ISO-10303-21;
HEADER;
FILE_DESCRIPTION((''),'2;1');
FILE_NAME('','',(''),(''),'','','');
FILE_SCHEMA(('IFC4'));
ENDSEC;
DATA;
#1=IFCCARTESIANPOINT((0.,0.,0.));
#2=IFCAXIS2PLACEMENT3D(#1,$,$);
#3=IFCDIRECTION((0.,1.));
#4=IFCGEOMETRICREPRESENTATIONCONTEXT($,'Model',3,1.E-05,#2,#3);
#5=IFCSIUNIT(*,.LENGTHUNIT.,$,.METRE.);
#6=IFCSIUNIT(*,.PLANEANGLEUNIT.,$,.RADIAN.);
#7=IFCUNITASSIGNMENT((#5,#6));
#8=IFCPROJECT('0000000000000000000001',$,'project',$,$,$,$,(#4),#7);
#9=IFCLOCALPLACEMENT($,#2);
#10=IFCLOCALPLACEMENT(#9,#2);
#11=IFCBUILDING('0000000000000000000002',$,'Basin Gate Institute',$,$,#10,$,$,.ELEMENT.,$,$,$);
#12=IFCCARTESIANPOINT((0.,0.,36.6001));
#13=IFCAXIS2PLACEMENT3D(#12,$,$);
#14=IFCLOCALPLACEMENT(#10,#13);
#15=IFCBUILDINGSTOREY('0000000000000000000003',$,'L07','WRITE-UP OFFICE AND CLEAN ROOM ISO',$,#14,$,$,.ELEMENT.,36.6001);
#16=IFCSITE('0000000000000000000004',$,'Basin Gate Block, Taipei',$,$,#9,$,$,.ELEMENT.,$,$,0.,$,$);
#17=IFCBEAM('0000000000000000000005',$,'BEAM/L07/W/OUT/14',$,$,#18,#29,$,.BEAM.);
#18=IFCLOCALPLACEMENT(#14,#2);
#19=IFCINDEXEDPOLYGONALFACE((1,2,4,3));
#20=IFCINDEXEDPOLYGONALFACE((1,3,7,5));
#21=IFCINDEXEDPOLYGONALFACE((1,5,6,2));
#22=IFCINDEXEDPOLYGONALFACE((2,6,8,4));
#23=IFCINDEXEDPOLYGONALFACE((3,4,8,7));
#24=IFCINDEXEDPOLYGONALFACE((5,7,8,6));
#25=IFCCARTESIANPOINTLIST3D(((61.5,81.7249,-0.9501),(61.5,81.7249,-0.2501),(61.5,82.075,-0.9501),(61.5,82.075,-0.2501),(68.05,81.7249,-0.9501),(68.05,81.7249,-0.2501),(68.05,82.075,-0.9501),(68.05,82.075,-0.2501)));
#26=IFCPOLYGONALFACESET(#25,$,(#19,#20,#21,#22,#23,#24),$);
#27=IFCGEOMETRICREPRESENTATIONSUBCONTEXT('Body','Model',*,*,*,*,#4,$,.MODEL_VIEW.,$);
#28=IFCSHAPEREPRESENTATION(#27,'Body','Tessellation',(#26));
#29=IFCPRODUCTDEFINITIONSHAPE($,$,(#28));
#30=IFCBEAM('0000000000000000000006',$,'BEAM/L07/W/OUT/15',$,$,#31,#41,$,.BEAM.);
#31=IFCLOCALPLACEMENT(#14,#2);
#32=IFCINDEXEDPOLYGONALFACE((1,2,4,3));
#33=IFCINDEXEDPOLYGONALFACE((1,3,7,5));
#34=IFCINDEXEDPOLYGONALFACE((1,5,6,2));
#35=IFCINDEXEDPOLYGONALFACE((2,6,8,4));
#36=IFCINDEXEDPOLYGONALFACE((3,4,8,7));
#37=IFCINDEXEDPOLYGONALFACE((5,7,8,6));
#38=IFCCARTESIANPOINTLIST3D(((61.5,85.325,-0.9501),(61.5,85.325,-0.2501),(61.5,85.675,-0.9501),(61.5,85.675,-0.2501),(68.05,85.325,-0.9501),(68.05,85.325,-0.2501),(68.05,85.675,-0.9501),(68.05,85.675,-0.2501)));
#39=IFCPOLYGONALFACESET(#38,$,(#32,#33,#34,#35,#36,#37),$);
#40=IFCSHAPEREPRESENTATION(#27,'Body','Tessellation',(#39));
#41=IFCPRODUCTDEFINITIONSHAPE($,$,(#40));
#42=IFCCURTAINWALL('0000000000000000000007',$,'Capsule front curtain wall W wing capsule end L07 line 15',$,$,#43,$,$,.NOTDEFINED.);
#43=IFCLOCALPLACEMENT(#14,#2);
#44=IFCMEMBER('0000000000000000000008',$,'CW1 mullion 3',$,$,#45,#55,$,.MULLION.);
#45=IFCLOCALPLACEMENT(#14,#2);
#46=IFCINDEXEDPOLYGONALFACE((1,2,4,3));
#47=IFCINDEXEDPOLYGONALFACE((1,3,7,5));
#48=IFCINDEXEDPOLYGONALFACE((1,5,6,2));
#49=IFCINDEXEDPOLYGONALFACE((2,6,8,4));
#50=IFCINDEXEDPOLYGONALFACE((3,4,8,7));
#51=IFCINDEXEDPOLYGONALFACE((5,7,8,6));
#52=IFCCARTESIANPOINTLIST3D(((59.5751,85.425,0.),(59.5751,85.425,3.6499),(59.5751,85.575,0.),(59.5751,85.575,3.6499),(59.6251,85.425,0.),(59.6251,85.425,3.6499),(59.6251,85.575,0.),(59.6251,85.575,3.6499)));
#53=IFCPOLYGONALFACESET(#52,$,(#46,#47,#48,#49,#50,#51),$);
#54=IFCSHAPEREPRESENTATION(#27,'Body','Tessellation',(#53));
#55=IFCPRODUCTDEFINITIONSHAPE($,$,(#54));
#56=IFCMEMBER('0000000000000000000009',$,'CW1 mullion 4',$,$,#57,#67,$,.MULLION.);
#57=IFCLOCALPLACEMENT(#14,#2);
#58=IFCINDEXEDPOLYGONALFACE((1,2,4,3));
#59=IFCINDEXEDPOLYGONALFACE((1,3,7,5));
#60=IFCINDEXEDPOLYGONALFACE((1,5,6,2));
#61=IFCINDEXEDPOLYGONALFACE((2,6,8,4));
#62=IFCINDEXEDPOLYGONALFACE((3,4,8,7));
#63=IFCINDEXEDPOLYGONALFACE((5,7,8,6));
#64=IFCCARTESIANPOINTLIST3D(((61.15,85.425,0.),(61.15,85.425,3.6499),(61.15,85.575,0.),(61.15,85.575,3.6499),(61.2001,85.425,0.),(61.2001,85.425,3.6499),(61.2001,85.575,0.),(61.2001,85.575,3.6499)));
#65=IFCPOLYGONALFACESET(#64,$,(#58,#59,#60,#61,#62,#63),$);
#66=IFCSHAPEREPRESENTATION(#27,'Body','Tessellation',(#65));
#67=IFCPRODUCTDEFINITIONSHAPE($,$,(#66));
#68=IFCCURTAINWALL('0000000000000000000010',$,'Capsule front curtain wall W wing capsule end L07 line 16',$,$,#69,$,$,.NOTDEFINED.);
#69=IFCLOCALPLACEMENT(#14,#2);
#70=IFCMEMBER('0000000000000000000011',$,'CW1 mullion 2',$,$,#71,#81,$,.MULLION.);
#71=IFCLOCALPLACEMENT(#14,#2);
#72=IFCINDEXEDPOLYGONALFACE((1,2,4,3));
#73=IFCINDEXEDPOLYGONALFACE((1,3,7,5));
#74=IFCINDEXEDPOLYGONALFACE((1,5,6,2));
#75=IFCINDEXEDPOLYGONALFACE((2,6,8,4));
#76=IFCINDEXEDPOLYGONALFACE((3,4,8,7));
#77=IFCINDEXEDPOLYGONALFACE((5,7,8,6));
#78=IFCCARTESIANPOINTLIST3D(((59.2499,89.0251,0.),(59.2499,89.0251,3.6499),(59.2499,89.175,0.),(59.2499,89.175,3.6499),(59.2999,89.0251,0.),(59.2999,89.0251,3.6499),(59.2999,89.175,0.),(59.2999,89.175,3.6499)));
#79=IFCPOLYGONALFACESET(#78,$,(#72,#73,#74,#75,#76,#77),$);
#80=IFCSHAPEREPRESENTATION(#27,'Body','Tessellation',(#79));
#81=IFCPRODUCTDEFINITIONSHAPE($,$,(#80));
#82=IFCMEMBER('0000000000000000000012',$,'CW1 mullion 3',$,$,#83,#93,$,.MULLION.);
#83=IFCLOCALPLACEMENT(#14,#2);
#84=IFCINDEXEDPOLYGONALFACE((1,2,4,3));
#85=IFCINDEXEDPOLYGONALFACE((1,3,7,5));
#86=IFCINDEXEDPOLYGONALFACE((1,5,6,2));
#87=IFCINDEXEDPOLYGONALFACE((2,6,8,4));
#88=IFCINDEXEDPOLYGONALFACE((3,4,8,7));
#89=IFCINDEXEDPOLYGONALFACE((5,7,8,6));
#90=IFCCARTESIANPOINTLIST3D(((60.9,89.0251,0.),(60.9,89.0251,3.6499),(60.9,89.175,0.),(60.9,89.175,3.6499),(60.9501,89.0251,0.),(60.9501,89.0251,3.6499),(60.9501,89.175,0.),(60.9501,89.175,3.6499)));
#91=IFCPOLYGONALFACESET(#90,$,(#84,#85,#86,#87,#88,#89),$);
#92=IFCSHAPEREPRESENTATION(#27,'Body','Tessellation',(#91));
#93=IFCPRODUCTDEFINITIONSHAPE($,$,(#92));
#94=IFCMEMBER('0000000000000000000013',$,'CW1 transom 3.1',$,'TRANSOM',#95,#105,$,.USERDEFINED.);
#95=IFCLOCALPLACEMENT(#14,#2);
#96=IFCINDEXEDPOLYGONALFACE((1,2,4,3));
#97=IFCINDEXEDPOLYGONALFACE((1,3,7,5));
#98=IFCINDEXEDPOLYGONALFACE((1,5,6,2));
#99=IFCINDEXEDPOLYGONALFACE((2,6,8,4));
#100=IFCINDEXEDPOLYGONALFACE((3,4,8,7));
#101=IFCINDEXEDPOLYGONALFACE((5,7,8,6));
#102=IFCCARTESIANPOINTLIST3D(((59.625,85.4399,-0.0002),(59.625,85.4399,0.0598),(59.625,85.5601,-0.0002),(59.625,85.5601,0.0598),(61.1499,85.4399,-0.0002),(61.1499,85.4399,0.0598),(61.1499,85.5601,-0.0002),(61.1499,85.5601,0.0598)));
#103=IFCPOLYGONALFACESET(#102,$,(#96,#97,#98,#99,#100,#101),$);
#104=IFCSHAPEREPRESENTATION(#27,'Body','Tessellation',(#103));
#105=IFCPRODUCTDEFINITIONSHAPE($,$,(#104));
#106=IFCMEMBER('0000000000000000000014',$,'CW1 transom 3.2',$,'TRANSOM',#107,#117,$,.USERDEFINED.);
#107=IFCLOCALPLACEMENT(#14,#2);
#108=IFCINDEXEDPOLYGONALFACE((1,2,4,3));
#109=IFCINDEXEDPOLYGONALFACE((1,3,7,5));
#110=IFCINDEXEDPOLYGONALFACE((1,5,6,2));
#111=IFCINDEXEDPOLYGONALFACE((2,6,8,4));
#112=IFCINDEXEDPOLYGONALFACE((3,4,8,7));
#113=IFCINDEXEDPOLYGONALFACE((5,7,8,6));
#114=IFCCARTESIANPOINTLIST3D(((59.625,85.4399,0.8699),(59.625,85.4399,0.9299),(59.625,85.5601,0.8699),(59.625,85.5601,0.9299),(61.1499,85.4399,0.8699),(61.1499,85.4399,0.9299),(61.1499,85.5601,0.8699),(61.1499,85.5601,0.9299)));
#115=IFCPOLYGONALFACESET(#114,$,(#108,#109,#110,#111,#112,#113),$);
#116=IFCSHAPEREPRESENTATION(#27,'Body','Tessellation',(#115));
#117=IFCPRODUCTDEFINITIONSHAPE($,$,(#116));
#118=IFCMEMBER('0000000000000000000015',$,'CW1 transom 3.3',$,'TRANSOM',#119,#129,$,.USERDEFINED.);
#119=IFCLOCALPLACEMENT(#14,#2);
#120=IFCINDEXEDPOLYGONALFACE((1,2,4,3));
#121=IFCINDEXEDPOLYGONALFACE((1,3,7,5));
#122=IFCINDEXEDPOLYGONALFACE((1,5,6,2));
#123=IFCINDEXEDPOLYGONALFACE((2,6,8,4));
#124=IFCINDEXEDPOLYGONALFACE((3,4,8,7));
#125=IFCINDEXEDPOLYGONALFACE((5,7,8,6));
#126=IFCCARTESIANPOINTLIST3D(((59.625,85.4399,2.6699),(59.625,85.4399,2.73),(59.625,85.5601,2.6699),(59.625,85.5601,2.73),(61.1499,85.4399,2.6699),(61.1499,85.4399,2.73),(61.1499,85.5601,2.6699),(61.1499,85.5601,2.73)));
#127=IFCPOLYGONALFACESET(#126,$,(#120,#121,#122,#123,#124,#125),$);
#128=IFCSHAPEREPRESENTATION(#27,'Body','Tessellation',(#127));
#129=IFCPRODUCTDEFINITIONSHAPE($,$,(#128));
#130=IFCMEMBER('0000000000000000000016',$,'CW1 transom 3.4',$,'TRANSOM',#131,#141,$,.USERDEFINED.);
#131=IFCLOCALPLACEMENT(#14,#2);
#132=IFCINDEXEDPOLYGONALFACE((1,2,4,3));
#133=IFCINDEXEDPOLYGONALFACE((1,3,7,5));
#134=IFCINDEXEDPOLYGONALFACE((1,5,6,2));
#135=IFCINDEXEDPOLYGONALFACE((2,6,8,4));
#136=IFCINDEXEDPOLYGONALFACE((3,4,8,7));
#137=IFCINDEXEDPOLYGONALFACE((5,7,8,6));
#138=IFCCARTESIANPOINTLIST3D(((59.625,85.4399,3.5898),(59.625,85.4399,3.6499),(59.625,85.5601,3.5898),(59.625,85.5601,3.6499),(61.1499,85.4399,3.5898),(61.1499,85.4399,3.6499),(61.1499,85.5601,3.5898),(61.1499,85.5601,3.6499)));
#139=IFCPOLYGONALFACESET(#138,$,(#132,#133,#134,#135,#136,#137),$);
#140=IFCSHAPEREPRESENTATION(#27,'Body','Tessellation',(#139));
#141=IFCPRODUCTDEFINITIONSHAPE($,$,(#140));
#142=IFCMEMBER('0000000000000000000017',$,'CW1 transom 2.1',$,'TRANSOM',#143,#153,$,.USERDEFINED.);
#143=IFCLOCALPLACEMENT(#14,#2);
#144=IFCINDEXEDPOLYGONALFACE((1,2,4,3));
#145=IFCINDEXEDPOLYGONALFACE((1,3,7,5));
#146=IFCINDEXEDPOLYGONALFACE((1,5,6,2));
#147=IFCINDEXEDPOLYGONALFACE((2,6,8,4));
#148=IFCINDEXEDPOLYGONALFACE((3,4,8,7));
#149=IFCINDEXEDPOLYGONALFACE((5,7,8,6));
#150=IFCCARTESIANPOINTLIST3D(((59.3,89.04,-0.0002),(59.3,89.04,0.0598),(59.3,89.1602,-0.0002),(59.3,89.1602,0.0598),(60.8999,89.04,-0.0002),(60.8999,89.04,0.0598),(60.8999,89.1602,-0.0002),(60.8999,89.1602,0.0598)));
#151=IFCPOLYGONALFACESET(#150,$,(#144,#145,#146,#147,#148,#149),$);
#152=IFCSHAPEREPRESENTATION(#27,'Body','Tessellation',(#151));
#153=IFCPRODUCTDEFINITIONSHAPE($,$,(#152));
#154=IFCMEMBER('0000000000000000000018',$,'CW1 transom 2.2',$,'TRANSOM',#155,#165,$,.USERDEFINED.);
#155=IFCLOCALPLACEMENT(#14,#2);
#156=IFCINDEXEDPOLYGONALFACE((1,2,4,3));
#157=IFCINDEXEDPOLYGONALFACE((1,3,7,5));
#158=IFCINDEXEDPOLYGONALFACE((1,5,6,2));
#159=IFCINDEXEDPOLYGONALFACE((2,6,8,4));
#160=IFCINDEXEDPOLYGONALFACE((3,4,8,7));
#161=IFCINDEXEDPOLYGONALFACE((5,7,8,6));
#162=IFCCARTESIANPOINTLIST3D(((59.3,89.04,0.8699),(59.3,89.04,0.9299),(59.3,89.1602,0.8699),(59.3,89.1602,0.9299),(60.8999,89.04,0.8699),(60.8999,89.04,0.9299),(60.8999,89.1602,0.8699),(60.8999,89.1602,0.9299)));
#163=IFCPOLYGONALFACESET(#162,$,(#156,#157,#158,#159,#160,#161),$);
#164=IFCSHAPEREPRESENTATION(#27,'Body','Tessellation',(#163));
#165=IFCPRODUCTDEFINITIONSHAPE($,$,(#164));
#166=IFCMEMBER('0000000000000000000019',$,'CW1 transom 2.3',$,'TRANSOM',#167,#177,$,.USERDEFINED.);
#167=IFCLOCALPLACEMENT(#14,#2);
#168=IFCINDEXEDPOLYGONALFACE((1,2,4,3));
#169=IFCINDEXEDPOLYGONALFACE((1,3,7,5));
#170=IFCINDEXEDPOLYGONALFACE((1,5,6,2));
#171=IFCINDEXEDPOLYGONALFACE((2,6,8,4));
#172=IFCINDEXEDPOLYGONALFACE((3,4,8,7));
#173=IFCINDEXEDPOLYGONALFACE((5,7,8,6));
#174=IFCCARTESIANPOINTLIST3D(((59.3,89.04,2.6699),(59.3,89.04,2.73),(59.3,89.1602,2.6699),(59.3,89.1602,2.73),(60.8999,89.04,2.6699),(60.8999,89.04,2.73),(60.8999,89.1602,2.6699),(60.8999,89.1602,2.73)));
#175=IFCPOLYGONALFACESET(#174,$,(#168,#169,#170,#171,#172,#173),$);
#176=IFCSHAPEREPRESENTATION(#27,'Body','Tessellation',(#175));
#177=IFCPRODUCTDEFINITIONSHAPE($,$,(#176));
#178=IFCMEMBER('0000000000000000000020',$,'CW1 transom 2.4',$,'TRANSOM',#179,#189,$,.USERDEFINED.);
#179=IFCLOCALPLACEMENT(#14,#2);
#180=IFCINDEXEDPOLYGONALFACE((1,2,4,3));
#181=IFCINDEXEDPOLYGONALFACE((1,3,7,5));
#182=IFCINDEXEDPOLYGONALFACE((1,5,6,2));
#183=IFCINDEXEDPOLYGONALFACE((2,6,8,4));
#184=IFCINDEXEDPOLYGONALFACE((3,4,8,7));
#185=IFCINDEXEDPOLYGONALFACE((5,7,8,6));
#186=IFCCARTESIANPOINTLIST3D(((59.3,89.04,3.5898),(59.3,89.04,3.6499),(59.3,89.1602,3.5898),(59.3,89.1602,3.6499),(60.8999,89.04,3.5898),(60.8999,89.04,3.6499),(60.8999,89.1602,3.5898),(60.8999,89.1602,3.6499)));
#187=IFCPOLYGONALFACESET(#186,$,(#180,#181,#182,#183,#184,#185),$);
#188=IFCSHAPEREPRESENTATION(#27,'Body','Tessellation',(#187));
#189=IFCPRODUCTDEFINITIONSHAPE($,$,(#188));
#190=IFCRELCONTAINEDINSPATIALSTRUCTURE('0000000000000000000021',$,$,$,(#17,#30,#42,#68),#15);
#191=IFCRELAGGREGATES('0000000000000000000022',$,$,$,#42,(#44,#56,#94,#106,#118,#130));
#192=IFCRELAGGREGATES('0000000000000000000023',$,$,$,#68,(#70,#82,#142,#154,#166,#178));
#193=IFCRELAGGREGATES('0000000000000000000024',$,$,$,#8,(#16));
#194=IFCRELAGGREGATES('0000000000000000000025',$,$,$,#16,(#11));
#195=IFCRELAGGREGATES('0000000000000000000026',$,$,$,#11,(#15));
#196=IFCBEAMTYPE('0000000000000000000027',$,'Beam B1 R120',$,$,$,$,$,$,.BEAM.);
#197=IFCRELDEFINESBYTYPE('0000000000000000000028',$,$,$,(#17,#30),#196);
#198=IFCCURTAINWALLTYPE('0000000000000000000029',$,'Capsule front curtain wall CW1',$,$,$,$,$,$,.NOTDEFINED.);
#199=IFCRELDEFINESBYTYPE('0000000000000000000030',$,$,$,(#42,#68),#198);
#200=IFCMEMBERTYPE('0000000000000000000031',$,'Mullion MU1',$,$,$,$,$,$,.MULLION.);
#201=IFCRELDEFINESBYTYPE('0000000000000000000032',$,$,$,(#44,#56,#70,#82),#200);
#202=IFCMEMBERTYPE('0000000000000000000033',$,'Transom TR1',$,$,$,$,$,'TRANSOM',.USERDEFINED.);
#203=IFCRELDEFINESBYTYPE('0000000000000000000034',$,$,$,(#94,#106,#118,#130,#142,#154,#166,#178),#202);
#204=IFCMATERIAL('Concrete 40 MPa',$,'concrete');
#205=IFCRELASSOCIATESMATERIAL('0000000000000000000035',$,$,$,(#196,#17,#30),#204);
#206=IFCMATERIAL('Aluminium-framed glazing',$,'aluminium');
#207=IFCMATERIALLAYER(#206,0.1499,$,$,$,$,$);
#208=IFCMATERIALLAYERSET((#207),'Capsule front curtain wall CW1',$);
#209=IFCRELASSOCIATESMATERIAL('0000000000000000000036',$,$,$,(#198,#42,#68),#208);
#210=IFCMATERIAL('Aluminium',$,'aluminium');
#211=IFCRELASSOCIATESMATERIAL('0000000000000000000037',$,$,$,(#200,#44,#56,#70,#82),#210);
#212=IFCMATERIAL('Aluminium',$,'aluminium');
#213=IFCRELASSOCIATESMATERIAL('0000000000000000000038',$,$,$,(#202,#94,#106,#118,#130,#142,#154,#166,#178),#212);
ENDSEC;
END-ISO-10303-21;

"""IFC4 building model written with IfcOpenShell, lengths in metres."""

from ifc_helpers import new_model, si_unit, direction, frame, origin, origin_2d, place, context, subcontext, project, spatial, rectangle, extrude, material, layer, layer_set, material_profile, profile_set, type_object, element, aggregate, save


model = new_model("IFC4")

# Units and contexts
model_context = context("Model", 3, precision=1e-05, world=origin(), true_north=direction((0.0, 1.0)))
body_context = subcontext(model_context, "Body", "Model", "MODEL_VIEW")
ifc_project = project(units=[si_unit("LENGTHUNIT", "METRE"), si_unit("PLANEANGLEUNIT", "RADIAN")], contexts=[model_context])

# Site, building, storey
site_placement = place(None, origin())
site = spatial("IfcSite", under=ifc_project, at=site_placement, Name="Basin Gate Block, Taipei", CompositionType="ELEMENT", RefElevation=0.0)
building_placement = place(site_placement, origin())
building = spatial("IfcBuilding", under=site, at=building_placement, Name="Basin Gate Institute", CompositionType="ELEMENT")
storey_placement = place(building_placement, frame((0.0, 0.0, 36.6001)))
storey = spatial("IfcBuildingStorey", under=building, at=storey_placement, Name="L07", Description="WRITE-UP OFFICE AND CLEAN ROOM ISO", CompositionType="ELEMENT", Elevation=36.6001)

# Beams
ifc_material_1 = material(Name="Concrete 40 MPa", Category="concrete")
ifc_material_profile_1 = material_profile(ifc_material_1, rectangle(XDim=0.3501, YDim=0.7, at=origin_2d()), Name="Beam B1 350 x 700")
ifc_profile_set_1 = profile_set([ifc_material_profile_1], Name="Concrete 40 MPa")
beam_type = type_object("IfcBeamType", Name="Beam B1 R120", PredefinedType="BEAM", material=ifc_profile_set_1)
for number, where, z_axis, x_axis, name in (
    (1, (61.5, 81.8999, -0.6001), (1.0, 0.0, 0.0), (0.0, 1.0, 0.0), "BEAM/L07/W/OUT/14"),
    (2, (61.5, 85.5, -0.6001), (1.0, 0.0, 0.0), (0.0, 1.0, 0.0), "BEAM/L07/W/OUT/15"),
):
    element("IfcBeam", number, at=place(storey_placement, frame(where, z_axis=z_axis, x_axis=x_axis)), inside=storey, type_object=beam_type, material=ifc_profile_set_1, Name=name, PredefinedType="BEAM", context=body_context, shape_type="SweptSolid", body=[
        extrude(rectangle(XDim=0.3501, YDim=0.7, at=origin_2d()), origin(), (0.0, 0.0, 1.0), 6.55),
    ])

# Curtain walls, members
ifc_material_2 = material(Name="Aluminium-framed glazing", Category="aluminium")
ifc_layer_1 = layer(ifc_material_2, 0.1499)
ifc_layer_set_1 = layer_set([ifc_layer_1], Name="Capsule front curtain wall CW1")
curtain_wall_type = type_object("IfcCurtainWallType", Name="Capsule front curtain wall CW1", PredefinedType="NOTDEFINED", material=ifc_layer_set_1)
curtain_wall_1_placement = place(storey_placement, origin())
curtain_wall_1 = element("IfcCurtainWall", 3, at=curtain_wall_1_placement, inside=storey, type_object=curtain_wall_type, material=ifc_layer_set_1, Name="Capsule front curtain wall W wing capsule end L07 line 15", PredefinedType="NOTDEFINED")
ifc_material_3 = material(Name="Aluminium", Category="aluminium")
ifc_material_profile_2 = material_profile(ifc_material_3, rectangle(XDim=0.1499, YDim=0.05, at=origin_2d()), Name="Mullion MU1 150 x 50")
ifc_profile_set_2 = profile_set([ifc_material_profile_2], Name="Aluminium")
member_type_1 = type_object("IfcMemberType", Name="Mullion MU1", PredefinedType="MULLION", material=ifc_profile_set_2)
member_1_placement = place(storey_placement, frame((59.6001, 85.5, 0.0), z_axis=(0.0, 0.0, 1.0), x_axis=(0.0, 1.0, 0.0)))
member_1 = element("IfcMember", 4, at=member_1_placement, type_object=member_type_1, material=ifc_profile_set_2, Name="CW1 mullion 3", PredefinedType="MULLION", context=body_context, shape_type="SweptSolid", body=[
    extrude(rectangle(XDim=0.1499, YDim=0.05, at=origin_2d()), origin(), (0.0, 0.0, 1.0), 3.6499),
])
member_2_placement = place(storey_placement, frame((61.175, 85.5, 0.0), z_axis=(0.0, 0.0, 1.0), x_axis=(0.0, 1.0, 0.0)))
member_2 = element("IfcMember", 5, at=member_2_placement, type_object=member_type_1, material=ifc_profile_set_2, Name="CW1 mullion 4", PredefinedType="MULLION", context=body_context, shape_type="SweptSolid", body=[
    extrude(rectangle(XDim=0.1499, YDim=0.05, at=origin_2d()), origin(), (0.0, 0.0, 1.0), 3.6499),
])
curtain_wall_2_placement = place(storey_placement, origin())
curtain_wall_2 = element("IfcCurtainWall", 6, at=curtain_wall_2_placement, inside=storey, type_object=curtain_wall_type, material=ifc_layer_set_1, Name="Capsule front curtain wall W wing capsule end L07 line 16", PredefinedType="NOTDEFINED")
member_3_placement = place(storey_placement, frame((59.2749, 89.1001, 0.0), z_axis=(0.0, 0.0, 1.0), x_axis=(0.0, 1.0, 0.0)))
member_3 = element("IfcMember", 7, at=member_3_placement, type_object=member_type_1, material=ifc_profile_set_2, Name="CW1 mullion 2", PredefinedType="MULLION", context=body_context, shape_type="SweptSolid", body=[
    extrude(rectangle(XDim=0.1499, YDim=0.05, at=origin_2d()), origin(), (0.0, 0.0, 1.0), 3.6499),
])
member_4_placement = place(storey_placement, frame((60.925, 89.1001, 0.0), z_axis=(0.0, 0.0, 1.0), x_axis=(0.0, 1.0, 0.0)))
member_4 = element("IfcMember", 8, at=member_4_placement, type_object=member_type_1, material=ifc_profile_set_2, Name="CW1 mullion 3", PredefinedType="MULLION", context=body_context, shape_type="SweptSolid", body=[
    extrude(rectangle(XDim=0.1499, YDim=0.05, at=origin_2d()), origin(), (0.0, 0.0, 1.0), 3.6499),
])

# Members
ifc_material_4 = material(Name="Aluminium", Category="aluminium")
ifc_material_profile_3 = material_profile(ifc_material_4, rectangle(XDim=0.1201, YDim=0.0601, at=origin_2d()), Name="Transom TR1 120 x 60")
ifc_profile_set_3 = profile_set([ifc_material_profile_3], Name="Aluminium")
member_type_2 = type_object("IfcMemberType", Name="Transom TR1", ElementType="TRANSOM", PredefinedType="USERDEFINED", material=ifc_profile_set_3)
member_5_placement = place(storey_placement, frame((59.625, 85.5, 0.0298), z_axis=(1.0, 0.0, 0.0), x_axis=(0.0, 1.0, 0.0)))
member_5 = element("IfcMember", 9, at=member_5_placement, type_object=member_type_2, material=ifc_profile_set_3, Name="CW1 transom 3.1", ObjectType="TRANSOM", PredefinedType="USERDEFINED", context=body_context, shape_type="SweptSolid", body=[
    extrude(rectangle(XDim=0.1201, YDim=0.0601, at=origin_2d()), origin(), (0.0, 0.0, 1.0), 1.5249),
])
member_6_placement = place(storey_placement, frame((59.625, 85.5, 0.8999), z_axis=(1.0, 0.0, 0.0), x_axis=(0.0, 1.0, 0.0)))
member_6 = element("IfcMember", 10, at=member_6_placement, type_object=member_type_2, material=ifc_profile_set_3, Name="CW1 transom 3.2", ObjectType="TRANSOM", PredefinedType="USERDEFINED", context=body_context, shape_type="SweptSolid", body=[
    extrude(rectangle(XDim=0.1201, YDim=0.0601, at=origin_2d()), origin(), (0.0, 0.0, 1.0), 1.5249),
])
member_7_placement = place(storey_placement, frame((59.625, 85.5, 2.7), z_axis=(1.0, 0.0, 0.0), x_axis=(0.0, 1.0, 0.0)))
member_7 = element("IfcMember", 11, at=member_7_placement, type_object=member_type_2, material=ifc_profile_set_3, Name="CW1 transom 3.3", ObjectType="TRANSOM", PredefinedType="USERDEFINED", context=body_context, shape_type="SweptSolid", body=[
    extrude(rectangle(XDim=0.1201, YDim=0.0601, at=origin_2d()), origin(), (0.0, 0.0, 1.0), 1.5249),
])
member_8_placement = place(storey_placement, frame((59.625, 85.5, 3.6199), z_axis=(1.0, 0.0, 0.0), x_axis=(0.0, 1.0, 0.0)))
member_8 = element("IfcMember", 12, at=member_8_placement, type_object=member_type_2, material=ifc_profile_set_3, Name="CW1 transom 3.4", ObjectType="TRANSOM", PredefinedType="USERDEFINED", context=body_context, shape_type="SweptSolid", body=[
    extrude(rectangle(XDim=0.1201, YDim=0.0601, at=origin_2d()), origin(), (0.0, 0.0, 1.0), 1.5249),
])
member_9_placement = place(storey_placement, frame((59.3, 89.1001, 0.0298), z_axis=(1.0, 0.0, 0.0), x_axis=(0.0, 1.0, 0.0)))
member_9 = element("IfcMember", 13, at=member_9_placement, type_object=member_type_2, material=ifc_profile_set_3, Name="CW1 transom 2.1", ObjectType="TRANSOM", PredefinedType="USERDEFINED", context=body_context, shape_type="SweptSolid", body=[
    extrude(rectangle(XDim=0.1201, YDim=0.0601, at=origin_2d()), origin(), (0.0, 0.0, 1.0), 1.5999),
])
member_10_placement = place(storey_placement, frame((59.3, 89.1001, 0.8999), z_axis=(1.0, 0.0, 0.0), x_axis=(0.0, 1.0, 0.0)))
member_10 = element("IfcMember", 14, at=member_10_placement, type_object=member_type_2, material=ifc_profile_set_3, Name="CW1 transom 2.2", ObjectType="TRANSOM", PredefinedType="USERDEFINED", context=body_context, shape_type="SweptSolid", body=[
    extrude(rectangle(XDim=0.1201, YDim=0.0601, at=origin_2d()), origin(), (0.0, 0.0, 1.0), 1.5999),
])
member_11_placement = place(storey_placement, frame((59.3, 89.1001, 2.7), z_axis=(1.0, 0.0, 0.0), x_axis=(0.0, 1.0, 0.0)))
member_11 = element("IfcMember", 15, at=member_11_placement, type_object=member_type_2, material=ifc_profile_set_3, Name="CW1 transom 2.3", ObjectType="TRANSOM", PredefinedType="USERDEFINED", context=body_context, shape_type="SweptSolid", body=[
    extrude(rectangle(XDim=0.1201, YDim=0.0601, at=origin_2d()), origin(), (0.0, 0.0, 1.0), 1.5999),
])
member_12_placement = place(storey_placement, frame((59.3, 89.1001, 3.6199), z_axis=(1.0, 0.0, 0.0), x_axis=(0.0, 1.0, 0.0)))
member_12 = element("IfcMember", 16, at=member_12_placement, type_object=member_type_2, material=ifc_profile_set_3, Name="CW1 transom 2.4", ObjectType="TRANSOM", PredefinedType="USERDEFINED", context=body_context, shape_type="SweptSolid", body=[
    extrude(rectangle(XDim=0.1201, YDim=0.0601, at=origin_2d()), origin(), (0.0, 0.0, 1.0), 1.5999),
])

aggregate(curtain_wall_1, [member_1, member_2, member_5, member_6, member_7, member_8])
aggregate(curtain_wall_2, [member_3, member_4, member_9, member_10, member_11, member_12])

save(model, "model.ifc")
